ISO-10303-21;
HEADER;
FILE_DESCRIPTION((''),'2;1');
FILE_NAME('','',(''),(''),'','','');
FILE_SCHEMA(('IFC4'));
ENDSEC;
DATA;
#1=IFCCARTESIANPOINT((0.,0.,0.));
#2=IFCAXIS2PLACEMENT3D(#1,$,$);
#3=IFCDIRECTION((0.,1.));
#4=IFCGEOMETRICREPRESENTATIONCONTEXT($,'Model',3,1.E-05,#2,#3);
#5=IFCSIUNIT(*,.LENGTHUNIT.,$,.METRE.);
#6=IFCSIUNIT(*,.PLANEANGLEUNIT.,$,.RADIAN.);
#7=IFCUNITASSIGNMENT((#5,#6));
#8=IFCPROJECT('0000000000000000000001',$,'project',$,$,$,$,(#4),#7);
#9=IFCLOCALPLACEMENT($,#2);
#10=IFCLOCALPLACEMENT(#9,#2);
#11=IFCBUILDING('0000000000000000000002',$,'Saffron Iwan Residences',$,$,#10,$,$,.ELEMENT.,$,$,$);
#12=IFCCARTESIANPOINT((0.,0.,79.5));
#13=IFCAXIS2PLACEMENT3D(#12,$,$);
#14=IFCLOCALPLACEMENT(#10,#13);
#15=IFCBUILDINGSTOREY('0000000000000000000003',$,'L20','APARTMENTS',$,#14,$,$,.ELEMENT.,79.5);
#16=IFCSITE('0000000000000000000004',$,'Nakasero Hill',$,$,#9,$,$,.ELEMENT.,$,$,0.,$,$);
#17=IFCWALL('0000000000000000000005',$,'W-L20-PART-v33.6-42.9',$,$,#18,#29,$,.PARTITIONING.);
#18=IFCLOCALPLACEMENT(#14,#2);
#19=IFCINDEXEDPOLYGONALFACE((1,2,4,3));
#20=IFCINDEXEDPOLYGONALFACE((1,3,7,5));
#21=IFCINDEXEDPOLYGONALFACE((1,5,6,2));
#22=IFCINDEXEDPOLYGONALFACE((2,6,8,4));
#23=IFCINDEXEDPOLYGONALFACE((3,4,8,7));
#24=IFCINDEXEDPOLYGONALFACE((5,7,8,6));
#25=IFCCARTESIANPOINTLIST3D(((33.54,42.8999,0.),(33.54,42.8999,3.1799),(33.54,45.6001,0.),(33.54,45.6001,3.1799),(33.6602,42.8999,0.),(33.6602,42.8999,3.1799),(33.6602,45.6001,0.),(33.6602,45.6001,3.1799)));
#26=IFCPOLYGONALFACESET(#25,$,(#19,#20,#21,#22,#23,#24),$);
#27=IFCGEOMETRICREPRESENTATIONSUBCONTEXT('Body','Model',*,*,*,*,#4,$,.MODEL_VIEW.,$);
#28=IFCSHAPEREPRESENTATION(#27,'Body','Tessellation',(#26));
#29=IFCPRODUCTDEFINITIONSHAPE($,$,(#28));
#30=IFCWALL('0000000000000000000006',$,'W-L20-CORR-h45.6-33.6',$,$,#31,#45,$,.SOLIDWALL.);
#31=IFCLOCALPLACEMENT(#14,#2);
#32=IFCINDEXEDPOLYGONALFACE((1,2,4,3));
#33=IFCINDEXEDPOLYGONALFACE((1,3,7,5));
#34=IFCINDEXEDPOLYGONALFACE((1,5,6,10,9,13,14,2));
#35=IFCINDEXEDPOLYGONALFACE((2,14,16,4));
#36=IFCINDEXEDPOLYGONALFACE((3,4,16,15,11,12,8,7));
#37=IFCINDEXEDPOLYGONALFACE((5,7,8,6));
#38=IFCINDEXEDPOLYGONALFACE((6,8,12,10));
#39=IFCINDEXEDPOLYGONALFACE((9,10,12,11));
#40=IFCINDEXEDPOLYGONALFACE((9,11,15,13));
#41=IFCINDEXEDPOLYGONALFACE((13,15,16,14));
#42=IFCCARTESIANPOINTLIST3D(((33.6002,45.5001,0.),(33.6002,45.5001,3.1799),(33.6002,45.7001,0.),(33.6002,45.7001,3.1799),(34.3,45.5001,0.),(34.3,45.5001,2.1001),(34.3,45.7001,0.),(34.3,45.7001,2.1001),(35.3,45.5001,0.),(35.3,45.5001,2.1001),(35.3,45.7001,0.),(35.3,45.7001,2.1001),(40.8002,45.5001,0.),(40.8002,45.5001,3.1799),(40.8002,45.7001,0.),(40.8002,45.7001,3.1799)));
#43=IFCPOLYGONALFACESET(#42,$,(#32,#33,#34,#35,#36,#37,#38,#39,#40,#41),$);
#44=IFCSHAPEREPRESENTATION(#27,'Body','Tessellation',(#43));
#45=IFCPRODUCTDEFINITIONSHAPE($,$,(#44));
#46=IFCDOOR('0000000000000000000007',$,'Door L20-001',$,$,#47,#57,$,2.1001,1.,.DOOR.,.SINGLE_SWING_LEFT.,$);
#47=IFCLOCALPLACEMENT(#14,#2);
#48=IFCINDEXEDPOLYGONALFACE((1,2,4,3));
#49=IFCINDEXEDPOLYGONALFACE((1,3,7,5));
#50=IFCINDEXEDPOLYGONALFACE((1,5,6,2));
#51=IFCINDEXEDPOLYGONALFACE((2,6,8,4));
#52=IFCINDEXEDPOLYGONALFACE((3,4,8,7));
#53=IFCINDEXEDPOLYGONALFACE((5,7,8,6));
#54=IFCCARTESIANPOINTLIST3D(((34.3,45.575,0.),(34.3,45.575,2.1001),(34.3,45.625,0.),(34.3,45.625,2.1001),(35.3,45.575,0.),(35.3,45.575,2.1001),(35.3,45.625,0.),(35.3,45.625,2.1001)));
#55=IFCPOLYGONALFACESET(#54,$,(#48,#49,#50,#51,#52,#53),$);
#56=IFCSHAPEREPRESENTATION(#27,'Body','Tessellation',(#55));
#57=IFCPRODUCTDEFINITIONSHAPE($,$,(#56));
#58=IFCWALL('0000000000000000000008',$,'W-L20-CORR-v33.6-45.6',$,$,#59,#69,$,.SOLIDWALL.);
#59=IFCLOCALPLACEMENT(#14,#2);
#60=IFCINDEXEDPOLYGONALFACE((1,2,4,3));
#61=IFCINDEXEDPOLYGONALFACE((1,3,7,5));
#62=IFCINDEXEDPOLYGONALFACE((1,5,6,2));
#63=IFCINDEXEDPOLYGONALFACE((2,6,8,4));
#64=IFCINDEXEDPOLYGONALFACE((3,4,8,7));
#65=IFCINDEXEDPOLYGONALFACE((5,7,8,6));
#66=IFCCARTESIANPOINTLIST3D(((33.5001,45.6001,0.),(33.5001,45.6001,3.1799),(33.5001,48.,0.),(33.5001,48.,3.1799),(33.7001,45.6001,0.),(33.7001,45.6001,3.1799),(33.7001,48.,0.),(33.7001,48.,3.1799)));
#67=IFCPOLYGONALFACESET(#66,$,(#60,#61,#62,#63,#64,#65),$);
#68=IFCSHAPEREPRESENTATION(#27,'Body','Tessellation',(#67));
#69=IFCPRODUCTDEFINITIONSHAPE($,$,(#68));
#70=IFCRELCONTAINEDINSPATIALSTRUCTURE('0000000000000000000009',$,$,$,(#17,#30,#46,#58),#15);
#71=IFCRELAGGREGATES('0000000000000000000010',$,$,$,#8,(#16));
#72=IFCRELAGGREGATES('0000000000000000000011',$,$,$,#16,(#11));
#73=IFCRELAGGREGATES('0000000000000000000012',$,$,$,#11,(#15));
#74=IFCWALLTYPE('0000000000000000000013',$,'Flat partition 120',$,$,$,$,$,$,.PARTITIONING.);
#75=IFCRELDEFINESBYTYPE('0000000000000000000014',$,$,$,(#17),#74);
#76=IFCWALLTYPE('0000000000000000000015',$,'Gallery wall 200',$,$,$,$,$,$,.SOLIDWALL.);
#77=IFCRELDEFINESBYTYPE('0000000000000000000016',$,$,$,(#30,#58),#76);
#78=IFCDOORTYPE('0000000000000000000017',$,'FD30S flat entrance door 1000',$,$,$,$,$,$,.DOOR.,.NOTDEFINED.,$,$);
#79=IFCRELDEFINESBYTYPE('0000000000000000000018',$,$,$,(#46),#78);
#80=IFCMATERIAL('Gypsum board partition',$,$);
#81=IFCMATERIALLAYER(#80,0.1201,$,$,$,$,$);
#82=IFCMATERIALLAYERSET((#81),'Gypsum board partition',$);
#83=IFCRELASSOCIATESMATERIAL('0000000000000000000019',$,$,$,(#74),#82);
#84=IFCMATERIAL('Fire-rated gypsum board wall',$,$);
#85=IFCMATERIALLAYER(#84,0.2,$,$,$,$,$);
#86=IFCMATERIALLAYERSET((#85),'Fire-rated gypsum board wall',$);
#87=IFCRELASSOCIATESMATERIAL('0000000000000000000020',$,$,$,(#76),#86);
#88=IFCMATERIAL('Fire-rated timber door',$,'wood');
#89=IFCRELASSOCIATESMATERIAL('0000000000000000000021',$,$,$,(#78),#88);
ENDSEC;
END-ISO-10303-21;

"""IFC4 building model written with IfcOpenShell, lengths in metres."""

from ifc_helpers import new_model, si_unit, direction, frame, frame_2d, origin, place, context, subcontext, project, spatial, rectangle, extrude, material, layer, layer_set, type_object, element, fill, save


model = new_model("IFC4")

# Units and contexts
model_context = context("Model", 3, precision=1e-05, world=origin(), true_north=direction((0.0, 1.0)))
body_context = subcontext(model_context, "Body", "Model", "MODEL_VIEW")
ifc_project = project(units=[si_unit("LENGTHUNIT", "METRE"), si_unit("PLANEANGLEUNIT", "RADIAN")], contexts=[model_context])

# Site, building, storey
site_placement = place(None, origin())
site = spatial("IfcSite", under=ifc_project, at=site_placement, Name="Nakasero Hill", CompositionType="ELEMENT", RefElevation=0.0)
building_placement = place(site_placement, origin())
building = spatial("IfcBuilding", under=site, at=building_placement, Name="Saffron Iwan Residences", CompositionType="ELEMENT")
storey_placement = place(building_placement, frame((0.0, 0.0, 79.5)))
storey = spatial("IfcBuildingStorey", under=building, at=storey_placement, Name="L20", Description="APARTMENTS", CompositionType="ELEMENT", Elevation=79.5)

# Shared definitions
ifc_material_1 = material(Name="Gypsum board partition")
ifc_layer_1 = layer(ifc_material_1, 0.1201)
ifc_layer_set_1 = layer_set([ifc_layer_1], Name="Gypsum board partition")
wall_type_1 = type_object("IfcWallType", Name="Flat partition 120", PredefinedType="PARTITIONING", material=ifc_layer_set_1)

# Wall
wall_1_placement = place(storey_placement, frame((33.6001, 42.8999, 0.0), z_axis=(0.0, 0.0, 1.0), x_axis=(0.0, 1.0, 0.0)))
element("IfcWall", 1, at=wall_1_placement, inside=storey, type_object=wall_type_1, Name="W-L20-PART-v33.6-42.9", PredefinedType="PARTITIONING", context=body_context, shape_type="SweptSolid", body=[
    extrude(rectangle(XDim=2.7002, YDim=0.1201, at=frame_2d((1.3501, 0.0))), origin(), (0.0, 0.0, 1.0), 3.1799),
])

# Wall, opening, door
ifc_material_2 = material(Name="Fire-rated gypsum board wall")
ifc_layer_2 = layer(ifc_material_2, 0.2)
ifc_layer_set_2 = layer_set([ifc_layer_2], Name="Fire-rated gypsum board wall")
wall_type_2 = type_object("IfcWallType", Name="Gallery wall 200", PredefinedType="SOLIDWALL", material=ifc_layer_set_2)
wall_2_placement = place(storey_placement, frame((33.6001, 45.6001, 0.0), z_axis=(0.0, 0.0, 1.0), x_axis=(1.0, 0.0, 0.0)))
wall_2 = element("IfcWall", 2, at=wall_2_placement, inside=storey, type_object=wall_type_2, Name="W-L20-CORR-h45.6-33.6", PredefinedType="SOLIDWALL", context=body_context, shape_type="SweptSolid", body=[
    extrude(rectangle(XDim=7.2, YDim=0.2, at=frame_2d((3.6001, 0.0))), origin(), (0.0, 0.0, 1.0), 3.1799),
])
opening_1_placement = place(wall_2_placement, frame((0.7, 0.0, 0.0)))
opening_1 = element("IfcOpeningElement", 3, at=opening_1_placement, cuts=wall_2, PredefinedType="OPENING", context=body_context, shape_type="SweptSolid", body=[
    extrude(rectangle(XDim=1.0, YDim=2.1001, at=frame_2d((0.5, 1.05))), frame((0.0, 0.1099, 0.0), z_axis=(0.0, -1.0, 0.0), x_axis=(1.0, 0.0, 0.0)), (0.0, 0.0, 1.0), 0.22),
])
ifc_material_3 = material(Name="Fire-rated timber door", Category="wood")
door_type_1 = type_object("IfcDoorType", Name="FD30S flat entrance door 1000", OperationType="NOTDEFINED", PredefinedType="DOOR", material=ifc_material_3)
door_1_placement = place(opening_1_placement, origin())
door_1 = element("IfcDoor", 4, at=door_1_placement, inside=storey, type_object=door_type_1, Name="Door L20-001", OperationType="SINGLE_SWING_LEFT", OverallHeight=2.1001, OverallWidth=1.0, PredefinedType="DOOR", context=body_context, shape_type="SweptSolid", body=[
    extrude(rectangle(XDim=1.0, YDim=2.1001, at=frame_2d((0.5, 1.05))), frame((0.0, 0.0249, 0.0), z_axis=(0.0, -1.0, 0.0), x_axis=(1.0, 0.0, 0.0)), (0.0, 0.0, 1.0), 0.05),
])
fill(opening_1, door_1)

# Wall
wall_3_placement = place(storey_placement, frame((33.6001, 45.6001, 0.0), z_axis=(0.0, 0.0, 1.0), x_axis=(0.0, 1.0, 0.0)))
element("IfcWall", 5, at=wall_3_placement, inside=storey, type_object=wall_type_2, Name="W-L20-CORR-v33.6-45.6", PredefinedType="SOLIDWALL", context=body_context, shape_type="SweptSolid", body=[
    extrude(rectangle(XDim=2.3999, YDim=0.2, at=frame_2d((1.2, 0.0))), origin(), (0.0, 0.0, 1.0), 3.1799),
])

save(model, "model.ifc")
